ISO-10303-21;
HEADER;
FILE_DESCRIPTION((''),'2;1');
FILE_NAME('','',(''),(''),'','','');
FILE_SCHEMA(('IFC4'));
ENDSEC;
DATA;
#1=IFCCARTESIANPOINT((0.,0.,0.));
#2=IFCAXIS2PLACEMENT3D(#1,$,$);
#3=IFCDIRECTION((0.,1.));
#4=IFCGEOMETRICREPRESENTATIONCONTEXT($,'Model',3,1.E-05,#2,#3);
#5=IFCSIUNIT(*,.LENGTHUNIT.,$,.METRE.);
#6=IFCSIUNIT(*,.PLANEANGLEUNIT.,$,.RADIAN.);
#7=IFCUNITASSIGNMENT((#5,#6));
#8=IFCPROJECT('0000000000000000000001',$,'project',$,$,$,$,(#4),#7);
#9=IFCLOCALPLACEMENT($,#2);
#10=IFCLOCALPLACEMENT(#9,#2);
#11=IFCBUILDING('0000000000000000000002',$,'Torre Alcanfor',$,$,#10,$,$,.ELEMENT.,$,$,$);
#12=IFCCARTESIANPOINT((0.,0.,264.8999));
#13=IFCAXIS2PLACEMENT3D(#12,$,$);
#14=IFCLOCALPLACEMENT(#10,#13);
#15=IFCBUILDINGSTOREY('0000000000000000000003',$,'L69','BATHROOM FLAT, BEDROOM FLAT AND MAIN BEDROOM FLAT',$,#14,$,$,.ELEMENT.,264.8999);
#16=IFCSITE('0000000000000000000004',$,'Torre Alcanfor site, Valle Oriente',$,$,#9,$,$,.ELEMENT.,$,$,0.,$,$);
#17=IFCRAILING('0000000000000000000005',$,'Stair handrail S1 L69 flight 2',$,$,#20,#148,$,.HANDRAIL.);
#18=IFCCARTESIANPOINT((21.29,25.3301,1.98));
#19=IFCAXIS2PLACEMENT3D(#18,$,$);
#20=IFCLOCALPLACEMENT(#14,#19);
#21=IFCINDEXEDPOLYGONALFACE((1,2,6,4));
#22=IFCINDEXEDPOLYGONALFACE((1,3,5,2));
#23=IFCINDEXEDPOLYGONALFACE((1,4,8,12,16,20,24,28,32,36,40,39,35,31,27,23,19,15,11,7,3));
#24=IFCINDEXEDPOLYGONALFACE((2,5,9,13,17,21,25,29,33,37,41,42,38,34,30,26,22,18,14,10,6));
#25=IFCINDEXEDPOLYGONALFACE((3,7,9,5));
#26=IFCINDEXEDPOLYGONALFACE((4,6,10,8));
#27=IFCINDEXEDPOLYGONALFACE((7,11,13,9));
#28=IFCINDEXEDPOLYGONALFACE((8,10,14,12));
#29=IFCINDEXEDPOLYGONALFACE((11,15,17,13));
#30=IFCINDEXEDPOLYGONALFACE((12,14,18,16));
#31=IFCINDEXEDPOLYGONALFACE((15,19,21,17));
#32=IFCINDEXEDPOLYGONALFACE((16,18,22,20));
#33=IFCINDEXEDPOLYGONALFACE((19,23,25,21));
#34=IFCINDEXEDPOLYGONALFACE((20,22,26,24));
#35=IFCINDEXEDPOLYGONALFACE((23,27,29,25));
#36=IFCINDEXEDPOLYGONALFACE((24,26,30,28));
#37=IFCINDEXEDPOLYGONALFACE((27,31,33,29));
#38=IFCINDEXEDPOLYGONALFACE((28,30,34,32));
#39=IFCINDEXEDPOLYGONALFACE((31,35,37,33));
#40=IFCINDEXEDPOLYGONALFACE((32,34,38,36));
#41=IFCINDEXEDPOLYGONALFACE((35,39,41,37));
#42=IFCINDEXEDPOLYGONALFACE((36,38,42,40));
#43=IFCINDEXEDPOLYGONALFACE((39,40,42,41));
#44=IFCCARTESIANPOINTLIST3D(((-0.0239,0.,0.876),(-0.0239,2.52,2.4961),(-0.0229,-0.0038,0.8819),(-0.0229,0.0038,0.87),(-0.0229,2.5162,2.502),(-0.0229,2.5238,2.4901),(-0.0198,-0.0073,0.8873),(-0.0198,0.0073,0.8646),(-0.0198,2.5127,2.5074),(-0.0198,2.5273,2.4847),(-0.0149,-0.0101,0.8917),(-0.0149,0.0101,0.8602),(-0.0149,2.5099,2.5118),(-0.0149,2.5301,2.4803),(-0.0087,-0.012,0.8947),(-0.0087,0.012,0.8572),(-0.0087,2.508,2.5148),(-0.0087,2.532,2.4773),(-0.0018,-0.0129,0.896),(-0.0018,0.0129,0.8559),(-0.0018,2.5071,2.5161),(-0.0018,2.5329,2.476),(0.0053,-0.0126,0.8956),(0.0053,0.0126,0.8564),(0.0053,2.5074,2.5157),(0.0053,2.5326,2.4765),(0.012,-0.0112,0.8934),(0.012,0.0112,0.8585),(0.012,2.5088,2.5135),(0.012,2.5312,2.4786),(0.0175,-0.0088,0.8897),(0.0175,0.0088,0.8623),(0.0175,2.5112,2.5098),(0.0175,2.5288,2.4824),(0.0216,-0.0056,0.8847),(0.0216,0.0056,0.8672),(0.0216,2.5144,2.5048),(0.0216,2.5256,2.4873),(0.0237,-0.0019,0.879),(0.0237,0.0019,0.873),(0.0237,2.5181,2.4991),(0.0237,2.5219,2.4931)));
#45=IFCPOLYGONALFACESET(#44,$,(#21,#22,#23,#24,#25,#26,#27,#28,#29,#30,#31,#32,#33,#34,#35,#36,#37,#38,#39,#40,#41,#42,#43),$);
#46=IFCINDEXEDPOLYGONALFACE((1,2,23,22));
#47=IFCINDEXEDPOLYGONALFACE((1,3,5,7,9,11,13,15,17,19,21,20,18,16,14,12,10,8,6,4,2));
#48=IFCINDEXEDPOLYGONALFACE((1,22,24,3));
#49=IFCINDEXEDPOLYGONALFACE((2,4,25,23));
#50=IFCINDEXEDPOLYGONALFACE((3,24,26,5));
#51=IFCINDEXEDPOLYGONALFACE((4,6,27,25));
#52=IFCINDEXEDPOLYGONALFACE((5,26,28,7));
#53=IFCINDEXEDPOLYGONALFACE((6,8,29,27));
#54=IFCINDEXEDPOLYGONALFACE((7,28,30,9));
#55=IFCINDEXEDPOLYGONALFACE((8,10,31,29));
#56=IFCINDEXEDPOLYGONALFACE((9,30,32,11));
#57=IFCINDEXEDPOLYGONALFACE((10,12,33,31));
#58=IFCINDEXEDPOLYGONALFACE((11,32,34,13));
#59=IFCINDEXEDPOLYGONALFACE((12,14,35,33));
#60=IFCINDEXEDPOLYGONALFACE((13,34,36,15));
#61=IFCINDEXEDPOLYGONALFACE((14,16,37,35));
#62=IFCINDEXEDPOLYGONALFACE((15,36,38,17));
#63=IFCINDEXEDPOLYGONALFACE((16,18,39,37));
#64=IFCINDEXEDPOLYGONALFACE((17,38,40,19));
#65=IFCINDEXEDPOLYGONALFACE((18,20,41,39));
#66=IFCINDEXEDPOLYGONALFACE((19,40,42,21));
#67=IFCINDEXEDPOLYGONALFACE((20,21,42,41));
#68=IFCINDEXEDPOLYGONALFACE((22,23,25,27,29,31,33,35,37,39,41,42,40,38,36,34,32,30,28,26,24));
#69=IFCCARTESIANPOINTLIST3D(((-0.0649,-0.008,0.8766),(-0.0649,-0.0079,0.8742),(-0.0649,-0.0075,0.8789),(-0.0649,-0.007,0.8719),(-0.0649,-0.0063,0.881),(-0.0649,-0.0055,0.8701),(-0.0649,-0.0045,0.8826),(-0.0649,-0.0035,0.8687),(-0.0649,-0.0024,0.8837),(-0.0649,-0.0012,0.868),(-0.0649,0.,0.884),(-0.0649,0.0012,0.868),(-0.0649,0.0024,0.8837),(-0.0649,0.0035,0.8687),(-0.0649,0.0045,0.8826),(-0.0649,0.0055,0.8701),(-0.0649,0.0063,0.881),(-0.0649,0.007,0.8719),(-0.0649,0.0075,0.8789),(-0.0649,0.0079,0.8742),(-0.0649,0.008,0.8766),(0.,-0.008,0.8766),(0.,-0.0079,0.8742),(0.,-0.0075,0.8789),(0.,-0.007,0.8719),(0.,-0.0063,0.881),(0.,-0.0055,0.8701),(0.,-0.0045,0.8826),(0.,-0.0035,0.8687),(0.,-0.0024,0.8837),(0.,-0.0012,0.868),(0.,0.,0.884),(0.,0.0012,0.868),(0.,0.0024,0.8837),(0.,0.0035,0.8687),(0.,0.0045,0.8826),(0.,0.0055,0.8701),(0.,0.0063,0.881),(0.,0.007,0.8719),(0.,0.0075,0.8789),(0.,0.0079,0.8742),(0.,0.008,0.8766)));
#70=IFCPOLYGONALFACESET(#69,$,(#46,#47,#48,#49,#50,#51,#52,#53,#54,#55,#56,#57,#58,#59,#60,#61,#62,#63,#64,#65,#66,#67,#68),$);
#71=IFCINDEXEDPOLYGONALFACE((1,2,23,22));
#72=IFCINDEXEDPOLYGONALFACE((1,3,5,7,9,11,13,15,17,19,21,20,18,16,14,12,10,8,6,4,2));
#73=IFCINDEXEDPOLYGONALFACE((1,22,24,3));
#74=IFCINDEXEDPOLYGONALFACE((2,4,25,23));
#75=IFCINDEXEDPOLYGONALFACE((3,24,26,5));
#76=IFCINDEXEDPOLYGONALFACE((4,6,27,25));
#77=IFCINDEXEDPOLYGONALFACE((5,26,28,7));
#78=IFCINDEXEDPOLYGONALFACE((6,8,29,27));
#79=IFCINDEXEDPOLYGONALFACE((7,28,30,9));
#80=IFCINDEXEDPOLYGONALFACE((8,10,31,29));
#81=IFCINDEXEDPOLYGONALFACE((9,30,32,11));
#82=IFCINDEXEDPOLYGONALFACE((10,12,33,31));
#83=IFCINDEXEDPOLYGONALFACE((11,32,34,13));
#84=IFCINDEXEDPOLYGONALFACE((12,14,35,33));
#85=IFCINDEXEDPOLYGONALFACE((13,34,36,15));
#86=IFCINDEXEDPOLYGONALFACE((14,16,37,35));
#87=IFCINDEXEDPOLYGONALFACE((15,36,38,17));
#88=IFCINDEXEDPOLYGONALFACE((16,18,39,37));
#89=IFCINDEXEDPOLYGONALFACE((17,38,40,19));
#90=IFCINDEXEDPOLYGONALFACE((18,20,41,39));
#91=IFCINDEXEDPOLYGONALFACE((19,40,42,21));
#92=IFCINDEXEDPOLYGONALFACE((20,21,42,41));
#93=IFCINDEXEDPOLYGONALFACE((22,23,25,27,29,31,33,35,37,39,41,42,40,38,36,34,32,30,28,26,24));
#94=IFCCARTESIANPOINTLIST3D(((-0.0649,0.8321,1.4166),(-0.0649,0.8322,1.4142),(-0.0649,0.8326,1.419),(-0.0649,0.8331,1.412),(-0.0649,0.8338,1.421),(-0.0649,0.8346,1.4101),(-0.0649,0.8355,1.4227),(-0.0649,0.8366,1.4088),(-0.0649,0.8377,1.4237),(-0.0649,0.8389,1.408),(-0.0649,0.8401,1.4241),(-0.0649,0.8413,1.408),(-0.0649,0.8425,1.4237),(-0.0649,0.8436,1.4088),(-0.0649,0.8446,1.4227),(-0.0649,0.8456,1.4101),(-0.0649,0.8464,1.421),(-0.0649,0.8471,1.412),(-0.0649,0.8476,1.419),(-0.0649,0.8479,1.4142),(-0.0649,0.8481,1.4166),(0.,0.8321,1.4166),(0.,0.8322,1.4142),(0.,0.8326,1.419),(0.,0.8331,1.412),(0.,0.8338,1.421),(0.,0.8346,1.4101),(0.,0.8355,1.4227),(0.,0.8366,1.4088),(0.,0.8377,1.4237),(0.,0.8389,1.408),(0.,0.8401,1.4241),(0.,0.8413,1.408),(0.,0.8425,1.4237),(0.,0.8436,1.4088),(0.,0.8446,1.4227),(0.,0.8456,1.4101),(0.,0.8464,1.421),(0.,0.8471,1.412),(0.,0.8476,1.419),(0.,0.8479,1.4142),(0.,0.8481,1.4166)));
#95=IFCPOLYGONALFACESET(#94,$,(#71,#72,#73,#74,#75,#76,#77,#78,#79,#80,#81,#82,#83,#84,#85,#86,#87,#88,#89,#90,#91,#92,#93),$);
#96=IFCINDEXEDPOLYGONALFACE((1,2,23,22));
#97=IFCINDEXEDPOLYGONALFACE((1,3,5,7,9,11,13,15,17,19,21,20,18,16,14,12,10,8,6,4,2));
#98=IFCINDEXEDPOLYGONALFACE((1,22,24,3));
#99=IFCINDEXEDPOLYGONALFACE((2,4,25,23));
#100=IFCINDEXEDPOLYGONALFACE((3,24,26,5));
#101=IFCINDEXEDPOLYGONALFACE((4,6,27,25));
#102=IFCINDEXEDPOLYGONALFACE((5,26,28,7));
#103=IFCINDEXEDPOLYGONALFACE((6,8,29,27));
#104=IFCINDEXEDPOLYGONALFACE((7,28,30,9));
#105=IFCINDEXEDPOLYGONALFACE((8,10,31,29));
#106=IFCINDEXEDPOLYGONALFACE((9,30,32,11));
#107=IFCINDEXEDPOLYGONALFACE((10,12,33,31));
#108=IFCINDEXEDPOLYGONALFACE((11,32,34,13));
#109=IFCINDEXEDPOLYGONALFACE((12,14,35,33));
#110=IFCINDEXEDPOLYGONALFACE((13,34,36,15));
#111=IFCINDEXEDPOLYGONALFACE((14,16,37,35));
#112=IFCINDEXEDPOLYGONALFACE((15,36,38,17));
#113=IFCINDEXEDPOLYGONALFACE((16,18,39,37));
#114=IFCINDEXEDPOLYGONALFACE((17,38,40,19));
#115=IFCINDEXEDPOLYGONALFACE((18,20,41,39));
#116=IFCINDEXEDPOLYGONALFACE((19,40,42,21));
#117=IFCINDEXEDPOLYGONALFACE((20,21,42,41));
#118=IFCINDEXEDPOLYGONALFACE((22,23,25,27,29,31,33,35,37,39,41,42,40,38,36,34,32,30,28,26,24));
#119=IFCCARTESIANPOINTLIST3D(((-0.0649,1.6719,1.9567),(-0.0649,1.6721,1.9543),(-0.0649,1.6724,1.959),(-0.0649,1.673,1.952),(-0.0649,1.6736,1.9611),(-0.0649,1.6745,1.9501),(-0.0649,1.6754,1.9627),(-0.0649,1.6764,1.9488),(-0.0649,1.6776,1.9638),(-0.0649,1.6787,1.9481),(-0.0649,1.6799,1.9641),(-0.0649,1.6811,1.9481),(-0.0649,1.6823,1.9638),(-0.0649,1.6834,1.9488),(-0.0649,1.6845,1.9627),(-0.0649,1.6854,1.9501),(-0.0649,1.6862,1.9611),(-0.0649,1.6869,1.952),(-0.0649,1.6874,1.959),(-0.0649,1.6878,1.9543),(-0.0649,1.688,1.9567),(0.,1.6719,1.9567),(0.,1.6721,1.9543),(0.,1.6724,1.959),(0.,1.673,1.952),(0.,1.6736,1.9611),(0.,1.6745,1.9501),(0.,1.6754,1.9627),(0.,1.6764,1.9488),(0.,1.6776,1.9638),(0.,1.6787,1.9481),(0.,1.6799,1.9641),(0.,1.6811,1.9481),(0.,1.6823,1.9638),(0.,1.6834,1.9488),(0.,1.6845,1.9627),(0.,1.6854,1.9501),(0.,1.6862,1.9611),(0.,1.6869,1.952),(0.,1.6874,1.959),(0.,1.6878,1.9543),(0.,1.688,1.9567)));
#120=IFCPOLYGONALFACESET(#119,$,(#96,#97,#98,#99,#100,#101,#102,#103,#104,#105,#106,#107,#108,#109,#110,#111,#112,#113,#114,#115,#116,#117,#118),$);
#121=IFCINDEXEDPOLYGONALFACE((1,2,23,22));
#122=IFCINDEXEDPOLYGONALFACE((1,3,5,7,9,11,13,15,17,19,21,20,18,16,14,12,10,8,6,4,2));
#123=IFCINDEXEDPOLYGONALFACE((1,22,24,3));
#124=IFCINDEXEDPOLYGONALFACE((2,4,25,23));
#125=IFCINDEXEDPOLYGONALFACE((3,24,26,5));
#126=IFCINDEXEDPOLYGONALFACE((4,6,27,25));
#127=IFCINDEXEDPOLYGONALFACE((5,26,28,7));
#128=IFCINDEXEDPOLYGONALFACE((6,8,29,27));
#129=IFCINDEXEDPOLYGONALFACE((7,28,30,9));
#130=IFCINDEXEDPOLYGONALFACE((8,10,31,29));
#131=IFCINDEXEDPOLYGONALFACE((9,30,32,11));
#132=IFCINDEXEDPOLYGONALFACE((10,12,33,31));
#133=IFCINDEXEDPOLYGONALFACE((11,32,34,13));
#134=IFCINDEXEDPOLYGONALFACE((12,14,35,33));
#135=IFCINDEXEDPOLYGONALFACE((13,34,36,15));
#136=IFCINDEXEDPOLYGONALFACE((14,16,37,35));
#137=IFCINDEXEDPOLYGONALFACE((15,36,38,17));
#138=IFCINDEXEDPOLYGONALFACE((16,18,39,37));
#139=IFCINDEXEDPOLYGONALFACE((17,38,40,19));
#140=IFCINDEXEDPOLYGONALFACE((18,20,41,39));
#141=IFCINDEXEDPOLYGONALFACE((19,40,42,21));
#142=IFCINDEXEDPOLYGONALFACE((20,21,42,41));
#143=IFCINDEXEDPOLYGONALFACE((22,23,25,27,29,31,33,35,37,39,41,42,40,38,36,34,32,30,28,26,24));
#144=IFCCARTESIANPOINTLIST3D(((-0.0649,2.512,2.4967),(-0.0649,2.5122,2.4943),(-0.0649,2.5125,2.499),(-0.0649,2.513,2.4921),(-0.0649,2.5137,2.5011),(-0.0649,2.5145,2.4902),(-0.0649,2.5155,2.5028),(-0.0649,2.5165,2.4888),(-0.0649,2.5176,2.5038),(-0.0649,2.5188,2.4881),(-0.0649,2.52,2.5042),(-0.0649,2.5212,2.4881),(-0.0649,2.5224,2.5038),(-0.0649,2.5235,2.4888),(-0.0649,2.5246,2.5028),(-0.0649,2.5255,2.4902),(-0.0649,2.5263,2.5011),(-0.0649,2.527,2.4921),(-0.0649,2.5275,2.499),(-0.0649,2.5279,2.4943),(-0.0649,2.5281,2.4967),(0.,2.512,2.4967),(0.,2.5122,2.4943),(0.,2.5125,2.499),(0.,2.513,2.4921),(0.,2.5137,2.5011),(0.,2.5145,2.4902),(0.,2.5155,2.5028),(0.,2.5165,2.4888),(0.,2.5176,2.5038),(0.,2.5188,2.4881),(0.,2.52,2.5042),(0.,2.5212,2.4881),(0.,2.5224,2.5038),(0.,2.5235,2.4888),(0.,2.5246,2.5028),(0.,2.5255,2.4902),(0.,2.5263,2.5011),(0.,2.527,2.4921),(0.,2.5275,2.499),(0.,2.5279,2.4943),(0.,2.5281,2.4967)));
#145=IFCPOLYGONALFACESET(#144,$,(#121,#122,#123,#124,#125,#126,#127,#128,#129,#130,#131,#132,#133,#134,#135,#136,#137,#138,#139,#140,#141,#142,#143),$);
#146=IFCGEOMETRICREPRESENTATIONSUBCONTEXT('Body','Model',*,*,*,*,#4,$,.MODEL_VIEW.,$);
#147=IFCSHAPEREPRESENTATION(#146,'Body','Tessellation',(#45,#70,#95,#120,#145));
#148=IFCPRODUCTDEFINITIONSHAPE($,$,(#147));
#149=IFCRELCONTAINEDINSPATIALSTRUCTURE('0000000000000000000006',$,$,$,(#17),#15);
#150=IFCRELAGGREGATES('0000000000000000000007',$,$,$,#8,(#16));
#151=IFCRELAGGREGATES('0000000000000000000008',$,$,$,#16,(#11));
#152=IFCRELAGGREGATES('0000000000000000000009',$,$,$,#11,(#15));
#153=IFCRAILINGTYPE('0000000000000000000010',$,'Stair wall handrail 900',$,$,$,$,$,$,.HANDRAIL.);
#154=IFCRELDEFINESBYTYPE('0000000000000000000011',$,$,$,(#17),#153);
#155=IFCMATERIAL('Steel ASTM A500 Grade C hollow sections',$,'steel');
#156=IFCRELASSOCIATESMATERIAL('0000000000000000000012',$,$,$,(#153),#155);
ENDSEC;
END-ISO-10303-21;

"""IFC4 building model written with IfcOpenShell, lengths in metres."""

from ifc_helpers import new_model, si_unit, direction, frame, origin, origin_2d, place, context, subcontext, project, spatial, circle, extrude, material, type_object, element, save


model = new_model("IFC4")

# Units and contexts
model_context = context("Model", 3, precision=1e-05, world=origin(), true_north=direction((0.0, 1.0)))
body_context = subcontext(model_context, "Body", "Model", "MODEL_VIEW")
ifc_project = project(units=[si_unit("LENGTHUNIT", "METRE"), si_unit("PLANEANGLEUNIT", "RADIAN")], contexts=[model_context])

# Site, building, storey
site_placement = place(None, origin())
site = spatial("IfcSite", under=ifc_project, at=site_placement, Name="Torre Alcanfor site, Valle Oriente", CompositionType="ELEMENT", RefElevation=0.0)
building_placement = place(site_placement, origin())
building = spatial("IfcBuilding", under=site, at=building_placement, Name="Torre Alcanfor", CompositionType="ELEMENT")
storey_placement = place(building_placement, frame((0.0, 0.0, 264.8999)))
storey = spatial("IfcBuildingStorey", under=building, at=storey_placement, Name="L69", Description="BATHROOM FLAT, BEDROOM FLAT AND MAIN BEDROOM FLAT", CompositionType="ELEMENT", Elevation=264.8999)

# Railing
ifc_material_1 = material(Name="Steel ASTM A500 Grade C hollow sections", Category="steel")
railing_type_1 = type_object("IfcRailingType", Name="Stair wall handrail 900", PredefinedType="HANDRAIL", material=ifc_material_1)
railing_1_placement = place(storey_placement, frame((21.29, 25.3301, 1.98)))
element("IfcRailing", 1, at=railing_1_placement, inside=storey, type_object=railing_type_1, Name="Stair handrail S1 L69 flight 2", PredefinedType="HANDRAIL", context=body_context, shape_type="SweptSolid", body=[
    extrude(circle(Radius=0.0239, at=origin_2d()), frame((0.0, 0.0, 0.876), z_axis=(0.0, 0.841163, 0.540782), x_axis=(-1.0, 0.0, 0.0)), (0.0, 0.0, 1.0), 2.9958),
    extrude(circle(Radius=0.0081, at=origin_2d()), frame((0.0, 0.0, 0.876), z_axis=(-1.0, 0.0, 0.0), x_axis=(0.0, 0.0, 1.0)), (0.0, 0.0, 1.0), 0.0649),
    extrude(circle(Radius=0.0081, at=origin_2d()), frame((0.0, 0.8401, 1.416), z_axis=(-1.0, 0.0, 0.0), x_axis=(0.0, 0.0, 1.0)), (0.0, 0.0, 1.0), 0.0649),
    extrude(circle(Radius=0.0081, at=origin_2d()), frame((0.0, 1.6799, 1.9561), z_axis=(-1.0, 0.0, 0.0), x_axis=(0.0, 0.0, 1.0)), (0.0, 0.0, 1.0), 0.0649),
    extrude(circle(Radius=0.0081, at=origin_2d()), frame((0.0, 2.52, 2.4961), z_axis=(-1.0, 0.0, 0.0), x_axis=(0.0, 0.0, 1.0)), (0.0, 0.0, 1.0), 0.0649),
])

save(model, "model.ifc")
